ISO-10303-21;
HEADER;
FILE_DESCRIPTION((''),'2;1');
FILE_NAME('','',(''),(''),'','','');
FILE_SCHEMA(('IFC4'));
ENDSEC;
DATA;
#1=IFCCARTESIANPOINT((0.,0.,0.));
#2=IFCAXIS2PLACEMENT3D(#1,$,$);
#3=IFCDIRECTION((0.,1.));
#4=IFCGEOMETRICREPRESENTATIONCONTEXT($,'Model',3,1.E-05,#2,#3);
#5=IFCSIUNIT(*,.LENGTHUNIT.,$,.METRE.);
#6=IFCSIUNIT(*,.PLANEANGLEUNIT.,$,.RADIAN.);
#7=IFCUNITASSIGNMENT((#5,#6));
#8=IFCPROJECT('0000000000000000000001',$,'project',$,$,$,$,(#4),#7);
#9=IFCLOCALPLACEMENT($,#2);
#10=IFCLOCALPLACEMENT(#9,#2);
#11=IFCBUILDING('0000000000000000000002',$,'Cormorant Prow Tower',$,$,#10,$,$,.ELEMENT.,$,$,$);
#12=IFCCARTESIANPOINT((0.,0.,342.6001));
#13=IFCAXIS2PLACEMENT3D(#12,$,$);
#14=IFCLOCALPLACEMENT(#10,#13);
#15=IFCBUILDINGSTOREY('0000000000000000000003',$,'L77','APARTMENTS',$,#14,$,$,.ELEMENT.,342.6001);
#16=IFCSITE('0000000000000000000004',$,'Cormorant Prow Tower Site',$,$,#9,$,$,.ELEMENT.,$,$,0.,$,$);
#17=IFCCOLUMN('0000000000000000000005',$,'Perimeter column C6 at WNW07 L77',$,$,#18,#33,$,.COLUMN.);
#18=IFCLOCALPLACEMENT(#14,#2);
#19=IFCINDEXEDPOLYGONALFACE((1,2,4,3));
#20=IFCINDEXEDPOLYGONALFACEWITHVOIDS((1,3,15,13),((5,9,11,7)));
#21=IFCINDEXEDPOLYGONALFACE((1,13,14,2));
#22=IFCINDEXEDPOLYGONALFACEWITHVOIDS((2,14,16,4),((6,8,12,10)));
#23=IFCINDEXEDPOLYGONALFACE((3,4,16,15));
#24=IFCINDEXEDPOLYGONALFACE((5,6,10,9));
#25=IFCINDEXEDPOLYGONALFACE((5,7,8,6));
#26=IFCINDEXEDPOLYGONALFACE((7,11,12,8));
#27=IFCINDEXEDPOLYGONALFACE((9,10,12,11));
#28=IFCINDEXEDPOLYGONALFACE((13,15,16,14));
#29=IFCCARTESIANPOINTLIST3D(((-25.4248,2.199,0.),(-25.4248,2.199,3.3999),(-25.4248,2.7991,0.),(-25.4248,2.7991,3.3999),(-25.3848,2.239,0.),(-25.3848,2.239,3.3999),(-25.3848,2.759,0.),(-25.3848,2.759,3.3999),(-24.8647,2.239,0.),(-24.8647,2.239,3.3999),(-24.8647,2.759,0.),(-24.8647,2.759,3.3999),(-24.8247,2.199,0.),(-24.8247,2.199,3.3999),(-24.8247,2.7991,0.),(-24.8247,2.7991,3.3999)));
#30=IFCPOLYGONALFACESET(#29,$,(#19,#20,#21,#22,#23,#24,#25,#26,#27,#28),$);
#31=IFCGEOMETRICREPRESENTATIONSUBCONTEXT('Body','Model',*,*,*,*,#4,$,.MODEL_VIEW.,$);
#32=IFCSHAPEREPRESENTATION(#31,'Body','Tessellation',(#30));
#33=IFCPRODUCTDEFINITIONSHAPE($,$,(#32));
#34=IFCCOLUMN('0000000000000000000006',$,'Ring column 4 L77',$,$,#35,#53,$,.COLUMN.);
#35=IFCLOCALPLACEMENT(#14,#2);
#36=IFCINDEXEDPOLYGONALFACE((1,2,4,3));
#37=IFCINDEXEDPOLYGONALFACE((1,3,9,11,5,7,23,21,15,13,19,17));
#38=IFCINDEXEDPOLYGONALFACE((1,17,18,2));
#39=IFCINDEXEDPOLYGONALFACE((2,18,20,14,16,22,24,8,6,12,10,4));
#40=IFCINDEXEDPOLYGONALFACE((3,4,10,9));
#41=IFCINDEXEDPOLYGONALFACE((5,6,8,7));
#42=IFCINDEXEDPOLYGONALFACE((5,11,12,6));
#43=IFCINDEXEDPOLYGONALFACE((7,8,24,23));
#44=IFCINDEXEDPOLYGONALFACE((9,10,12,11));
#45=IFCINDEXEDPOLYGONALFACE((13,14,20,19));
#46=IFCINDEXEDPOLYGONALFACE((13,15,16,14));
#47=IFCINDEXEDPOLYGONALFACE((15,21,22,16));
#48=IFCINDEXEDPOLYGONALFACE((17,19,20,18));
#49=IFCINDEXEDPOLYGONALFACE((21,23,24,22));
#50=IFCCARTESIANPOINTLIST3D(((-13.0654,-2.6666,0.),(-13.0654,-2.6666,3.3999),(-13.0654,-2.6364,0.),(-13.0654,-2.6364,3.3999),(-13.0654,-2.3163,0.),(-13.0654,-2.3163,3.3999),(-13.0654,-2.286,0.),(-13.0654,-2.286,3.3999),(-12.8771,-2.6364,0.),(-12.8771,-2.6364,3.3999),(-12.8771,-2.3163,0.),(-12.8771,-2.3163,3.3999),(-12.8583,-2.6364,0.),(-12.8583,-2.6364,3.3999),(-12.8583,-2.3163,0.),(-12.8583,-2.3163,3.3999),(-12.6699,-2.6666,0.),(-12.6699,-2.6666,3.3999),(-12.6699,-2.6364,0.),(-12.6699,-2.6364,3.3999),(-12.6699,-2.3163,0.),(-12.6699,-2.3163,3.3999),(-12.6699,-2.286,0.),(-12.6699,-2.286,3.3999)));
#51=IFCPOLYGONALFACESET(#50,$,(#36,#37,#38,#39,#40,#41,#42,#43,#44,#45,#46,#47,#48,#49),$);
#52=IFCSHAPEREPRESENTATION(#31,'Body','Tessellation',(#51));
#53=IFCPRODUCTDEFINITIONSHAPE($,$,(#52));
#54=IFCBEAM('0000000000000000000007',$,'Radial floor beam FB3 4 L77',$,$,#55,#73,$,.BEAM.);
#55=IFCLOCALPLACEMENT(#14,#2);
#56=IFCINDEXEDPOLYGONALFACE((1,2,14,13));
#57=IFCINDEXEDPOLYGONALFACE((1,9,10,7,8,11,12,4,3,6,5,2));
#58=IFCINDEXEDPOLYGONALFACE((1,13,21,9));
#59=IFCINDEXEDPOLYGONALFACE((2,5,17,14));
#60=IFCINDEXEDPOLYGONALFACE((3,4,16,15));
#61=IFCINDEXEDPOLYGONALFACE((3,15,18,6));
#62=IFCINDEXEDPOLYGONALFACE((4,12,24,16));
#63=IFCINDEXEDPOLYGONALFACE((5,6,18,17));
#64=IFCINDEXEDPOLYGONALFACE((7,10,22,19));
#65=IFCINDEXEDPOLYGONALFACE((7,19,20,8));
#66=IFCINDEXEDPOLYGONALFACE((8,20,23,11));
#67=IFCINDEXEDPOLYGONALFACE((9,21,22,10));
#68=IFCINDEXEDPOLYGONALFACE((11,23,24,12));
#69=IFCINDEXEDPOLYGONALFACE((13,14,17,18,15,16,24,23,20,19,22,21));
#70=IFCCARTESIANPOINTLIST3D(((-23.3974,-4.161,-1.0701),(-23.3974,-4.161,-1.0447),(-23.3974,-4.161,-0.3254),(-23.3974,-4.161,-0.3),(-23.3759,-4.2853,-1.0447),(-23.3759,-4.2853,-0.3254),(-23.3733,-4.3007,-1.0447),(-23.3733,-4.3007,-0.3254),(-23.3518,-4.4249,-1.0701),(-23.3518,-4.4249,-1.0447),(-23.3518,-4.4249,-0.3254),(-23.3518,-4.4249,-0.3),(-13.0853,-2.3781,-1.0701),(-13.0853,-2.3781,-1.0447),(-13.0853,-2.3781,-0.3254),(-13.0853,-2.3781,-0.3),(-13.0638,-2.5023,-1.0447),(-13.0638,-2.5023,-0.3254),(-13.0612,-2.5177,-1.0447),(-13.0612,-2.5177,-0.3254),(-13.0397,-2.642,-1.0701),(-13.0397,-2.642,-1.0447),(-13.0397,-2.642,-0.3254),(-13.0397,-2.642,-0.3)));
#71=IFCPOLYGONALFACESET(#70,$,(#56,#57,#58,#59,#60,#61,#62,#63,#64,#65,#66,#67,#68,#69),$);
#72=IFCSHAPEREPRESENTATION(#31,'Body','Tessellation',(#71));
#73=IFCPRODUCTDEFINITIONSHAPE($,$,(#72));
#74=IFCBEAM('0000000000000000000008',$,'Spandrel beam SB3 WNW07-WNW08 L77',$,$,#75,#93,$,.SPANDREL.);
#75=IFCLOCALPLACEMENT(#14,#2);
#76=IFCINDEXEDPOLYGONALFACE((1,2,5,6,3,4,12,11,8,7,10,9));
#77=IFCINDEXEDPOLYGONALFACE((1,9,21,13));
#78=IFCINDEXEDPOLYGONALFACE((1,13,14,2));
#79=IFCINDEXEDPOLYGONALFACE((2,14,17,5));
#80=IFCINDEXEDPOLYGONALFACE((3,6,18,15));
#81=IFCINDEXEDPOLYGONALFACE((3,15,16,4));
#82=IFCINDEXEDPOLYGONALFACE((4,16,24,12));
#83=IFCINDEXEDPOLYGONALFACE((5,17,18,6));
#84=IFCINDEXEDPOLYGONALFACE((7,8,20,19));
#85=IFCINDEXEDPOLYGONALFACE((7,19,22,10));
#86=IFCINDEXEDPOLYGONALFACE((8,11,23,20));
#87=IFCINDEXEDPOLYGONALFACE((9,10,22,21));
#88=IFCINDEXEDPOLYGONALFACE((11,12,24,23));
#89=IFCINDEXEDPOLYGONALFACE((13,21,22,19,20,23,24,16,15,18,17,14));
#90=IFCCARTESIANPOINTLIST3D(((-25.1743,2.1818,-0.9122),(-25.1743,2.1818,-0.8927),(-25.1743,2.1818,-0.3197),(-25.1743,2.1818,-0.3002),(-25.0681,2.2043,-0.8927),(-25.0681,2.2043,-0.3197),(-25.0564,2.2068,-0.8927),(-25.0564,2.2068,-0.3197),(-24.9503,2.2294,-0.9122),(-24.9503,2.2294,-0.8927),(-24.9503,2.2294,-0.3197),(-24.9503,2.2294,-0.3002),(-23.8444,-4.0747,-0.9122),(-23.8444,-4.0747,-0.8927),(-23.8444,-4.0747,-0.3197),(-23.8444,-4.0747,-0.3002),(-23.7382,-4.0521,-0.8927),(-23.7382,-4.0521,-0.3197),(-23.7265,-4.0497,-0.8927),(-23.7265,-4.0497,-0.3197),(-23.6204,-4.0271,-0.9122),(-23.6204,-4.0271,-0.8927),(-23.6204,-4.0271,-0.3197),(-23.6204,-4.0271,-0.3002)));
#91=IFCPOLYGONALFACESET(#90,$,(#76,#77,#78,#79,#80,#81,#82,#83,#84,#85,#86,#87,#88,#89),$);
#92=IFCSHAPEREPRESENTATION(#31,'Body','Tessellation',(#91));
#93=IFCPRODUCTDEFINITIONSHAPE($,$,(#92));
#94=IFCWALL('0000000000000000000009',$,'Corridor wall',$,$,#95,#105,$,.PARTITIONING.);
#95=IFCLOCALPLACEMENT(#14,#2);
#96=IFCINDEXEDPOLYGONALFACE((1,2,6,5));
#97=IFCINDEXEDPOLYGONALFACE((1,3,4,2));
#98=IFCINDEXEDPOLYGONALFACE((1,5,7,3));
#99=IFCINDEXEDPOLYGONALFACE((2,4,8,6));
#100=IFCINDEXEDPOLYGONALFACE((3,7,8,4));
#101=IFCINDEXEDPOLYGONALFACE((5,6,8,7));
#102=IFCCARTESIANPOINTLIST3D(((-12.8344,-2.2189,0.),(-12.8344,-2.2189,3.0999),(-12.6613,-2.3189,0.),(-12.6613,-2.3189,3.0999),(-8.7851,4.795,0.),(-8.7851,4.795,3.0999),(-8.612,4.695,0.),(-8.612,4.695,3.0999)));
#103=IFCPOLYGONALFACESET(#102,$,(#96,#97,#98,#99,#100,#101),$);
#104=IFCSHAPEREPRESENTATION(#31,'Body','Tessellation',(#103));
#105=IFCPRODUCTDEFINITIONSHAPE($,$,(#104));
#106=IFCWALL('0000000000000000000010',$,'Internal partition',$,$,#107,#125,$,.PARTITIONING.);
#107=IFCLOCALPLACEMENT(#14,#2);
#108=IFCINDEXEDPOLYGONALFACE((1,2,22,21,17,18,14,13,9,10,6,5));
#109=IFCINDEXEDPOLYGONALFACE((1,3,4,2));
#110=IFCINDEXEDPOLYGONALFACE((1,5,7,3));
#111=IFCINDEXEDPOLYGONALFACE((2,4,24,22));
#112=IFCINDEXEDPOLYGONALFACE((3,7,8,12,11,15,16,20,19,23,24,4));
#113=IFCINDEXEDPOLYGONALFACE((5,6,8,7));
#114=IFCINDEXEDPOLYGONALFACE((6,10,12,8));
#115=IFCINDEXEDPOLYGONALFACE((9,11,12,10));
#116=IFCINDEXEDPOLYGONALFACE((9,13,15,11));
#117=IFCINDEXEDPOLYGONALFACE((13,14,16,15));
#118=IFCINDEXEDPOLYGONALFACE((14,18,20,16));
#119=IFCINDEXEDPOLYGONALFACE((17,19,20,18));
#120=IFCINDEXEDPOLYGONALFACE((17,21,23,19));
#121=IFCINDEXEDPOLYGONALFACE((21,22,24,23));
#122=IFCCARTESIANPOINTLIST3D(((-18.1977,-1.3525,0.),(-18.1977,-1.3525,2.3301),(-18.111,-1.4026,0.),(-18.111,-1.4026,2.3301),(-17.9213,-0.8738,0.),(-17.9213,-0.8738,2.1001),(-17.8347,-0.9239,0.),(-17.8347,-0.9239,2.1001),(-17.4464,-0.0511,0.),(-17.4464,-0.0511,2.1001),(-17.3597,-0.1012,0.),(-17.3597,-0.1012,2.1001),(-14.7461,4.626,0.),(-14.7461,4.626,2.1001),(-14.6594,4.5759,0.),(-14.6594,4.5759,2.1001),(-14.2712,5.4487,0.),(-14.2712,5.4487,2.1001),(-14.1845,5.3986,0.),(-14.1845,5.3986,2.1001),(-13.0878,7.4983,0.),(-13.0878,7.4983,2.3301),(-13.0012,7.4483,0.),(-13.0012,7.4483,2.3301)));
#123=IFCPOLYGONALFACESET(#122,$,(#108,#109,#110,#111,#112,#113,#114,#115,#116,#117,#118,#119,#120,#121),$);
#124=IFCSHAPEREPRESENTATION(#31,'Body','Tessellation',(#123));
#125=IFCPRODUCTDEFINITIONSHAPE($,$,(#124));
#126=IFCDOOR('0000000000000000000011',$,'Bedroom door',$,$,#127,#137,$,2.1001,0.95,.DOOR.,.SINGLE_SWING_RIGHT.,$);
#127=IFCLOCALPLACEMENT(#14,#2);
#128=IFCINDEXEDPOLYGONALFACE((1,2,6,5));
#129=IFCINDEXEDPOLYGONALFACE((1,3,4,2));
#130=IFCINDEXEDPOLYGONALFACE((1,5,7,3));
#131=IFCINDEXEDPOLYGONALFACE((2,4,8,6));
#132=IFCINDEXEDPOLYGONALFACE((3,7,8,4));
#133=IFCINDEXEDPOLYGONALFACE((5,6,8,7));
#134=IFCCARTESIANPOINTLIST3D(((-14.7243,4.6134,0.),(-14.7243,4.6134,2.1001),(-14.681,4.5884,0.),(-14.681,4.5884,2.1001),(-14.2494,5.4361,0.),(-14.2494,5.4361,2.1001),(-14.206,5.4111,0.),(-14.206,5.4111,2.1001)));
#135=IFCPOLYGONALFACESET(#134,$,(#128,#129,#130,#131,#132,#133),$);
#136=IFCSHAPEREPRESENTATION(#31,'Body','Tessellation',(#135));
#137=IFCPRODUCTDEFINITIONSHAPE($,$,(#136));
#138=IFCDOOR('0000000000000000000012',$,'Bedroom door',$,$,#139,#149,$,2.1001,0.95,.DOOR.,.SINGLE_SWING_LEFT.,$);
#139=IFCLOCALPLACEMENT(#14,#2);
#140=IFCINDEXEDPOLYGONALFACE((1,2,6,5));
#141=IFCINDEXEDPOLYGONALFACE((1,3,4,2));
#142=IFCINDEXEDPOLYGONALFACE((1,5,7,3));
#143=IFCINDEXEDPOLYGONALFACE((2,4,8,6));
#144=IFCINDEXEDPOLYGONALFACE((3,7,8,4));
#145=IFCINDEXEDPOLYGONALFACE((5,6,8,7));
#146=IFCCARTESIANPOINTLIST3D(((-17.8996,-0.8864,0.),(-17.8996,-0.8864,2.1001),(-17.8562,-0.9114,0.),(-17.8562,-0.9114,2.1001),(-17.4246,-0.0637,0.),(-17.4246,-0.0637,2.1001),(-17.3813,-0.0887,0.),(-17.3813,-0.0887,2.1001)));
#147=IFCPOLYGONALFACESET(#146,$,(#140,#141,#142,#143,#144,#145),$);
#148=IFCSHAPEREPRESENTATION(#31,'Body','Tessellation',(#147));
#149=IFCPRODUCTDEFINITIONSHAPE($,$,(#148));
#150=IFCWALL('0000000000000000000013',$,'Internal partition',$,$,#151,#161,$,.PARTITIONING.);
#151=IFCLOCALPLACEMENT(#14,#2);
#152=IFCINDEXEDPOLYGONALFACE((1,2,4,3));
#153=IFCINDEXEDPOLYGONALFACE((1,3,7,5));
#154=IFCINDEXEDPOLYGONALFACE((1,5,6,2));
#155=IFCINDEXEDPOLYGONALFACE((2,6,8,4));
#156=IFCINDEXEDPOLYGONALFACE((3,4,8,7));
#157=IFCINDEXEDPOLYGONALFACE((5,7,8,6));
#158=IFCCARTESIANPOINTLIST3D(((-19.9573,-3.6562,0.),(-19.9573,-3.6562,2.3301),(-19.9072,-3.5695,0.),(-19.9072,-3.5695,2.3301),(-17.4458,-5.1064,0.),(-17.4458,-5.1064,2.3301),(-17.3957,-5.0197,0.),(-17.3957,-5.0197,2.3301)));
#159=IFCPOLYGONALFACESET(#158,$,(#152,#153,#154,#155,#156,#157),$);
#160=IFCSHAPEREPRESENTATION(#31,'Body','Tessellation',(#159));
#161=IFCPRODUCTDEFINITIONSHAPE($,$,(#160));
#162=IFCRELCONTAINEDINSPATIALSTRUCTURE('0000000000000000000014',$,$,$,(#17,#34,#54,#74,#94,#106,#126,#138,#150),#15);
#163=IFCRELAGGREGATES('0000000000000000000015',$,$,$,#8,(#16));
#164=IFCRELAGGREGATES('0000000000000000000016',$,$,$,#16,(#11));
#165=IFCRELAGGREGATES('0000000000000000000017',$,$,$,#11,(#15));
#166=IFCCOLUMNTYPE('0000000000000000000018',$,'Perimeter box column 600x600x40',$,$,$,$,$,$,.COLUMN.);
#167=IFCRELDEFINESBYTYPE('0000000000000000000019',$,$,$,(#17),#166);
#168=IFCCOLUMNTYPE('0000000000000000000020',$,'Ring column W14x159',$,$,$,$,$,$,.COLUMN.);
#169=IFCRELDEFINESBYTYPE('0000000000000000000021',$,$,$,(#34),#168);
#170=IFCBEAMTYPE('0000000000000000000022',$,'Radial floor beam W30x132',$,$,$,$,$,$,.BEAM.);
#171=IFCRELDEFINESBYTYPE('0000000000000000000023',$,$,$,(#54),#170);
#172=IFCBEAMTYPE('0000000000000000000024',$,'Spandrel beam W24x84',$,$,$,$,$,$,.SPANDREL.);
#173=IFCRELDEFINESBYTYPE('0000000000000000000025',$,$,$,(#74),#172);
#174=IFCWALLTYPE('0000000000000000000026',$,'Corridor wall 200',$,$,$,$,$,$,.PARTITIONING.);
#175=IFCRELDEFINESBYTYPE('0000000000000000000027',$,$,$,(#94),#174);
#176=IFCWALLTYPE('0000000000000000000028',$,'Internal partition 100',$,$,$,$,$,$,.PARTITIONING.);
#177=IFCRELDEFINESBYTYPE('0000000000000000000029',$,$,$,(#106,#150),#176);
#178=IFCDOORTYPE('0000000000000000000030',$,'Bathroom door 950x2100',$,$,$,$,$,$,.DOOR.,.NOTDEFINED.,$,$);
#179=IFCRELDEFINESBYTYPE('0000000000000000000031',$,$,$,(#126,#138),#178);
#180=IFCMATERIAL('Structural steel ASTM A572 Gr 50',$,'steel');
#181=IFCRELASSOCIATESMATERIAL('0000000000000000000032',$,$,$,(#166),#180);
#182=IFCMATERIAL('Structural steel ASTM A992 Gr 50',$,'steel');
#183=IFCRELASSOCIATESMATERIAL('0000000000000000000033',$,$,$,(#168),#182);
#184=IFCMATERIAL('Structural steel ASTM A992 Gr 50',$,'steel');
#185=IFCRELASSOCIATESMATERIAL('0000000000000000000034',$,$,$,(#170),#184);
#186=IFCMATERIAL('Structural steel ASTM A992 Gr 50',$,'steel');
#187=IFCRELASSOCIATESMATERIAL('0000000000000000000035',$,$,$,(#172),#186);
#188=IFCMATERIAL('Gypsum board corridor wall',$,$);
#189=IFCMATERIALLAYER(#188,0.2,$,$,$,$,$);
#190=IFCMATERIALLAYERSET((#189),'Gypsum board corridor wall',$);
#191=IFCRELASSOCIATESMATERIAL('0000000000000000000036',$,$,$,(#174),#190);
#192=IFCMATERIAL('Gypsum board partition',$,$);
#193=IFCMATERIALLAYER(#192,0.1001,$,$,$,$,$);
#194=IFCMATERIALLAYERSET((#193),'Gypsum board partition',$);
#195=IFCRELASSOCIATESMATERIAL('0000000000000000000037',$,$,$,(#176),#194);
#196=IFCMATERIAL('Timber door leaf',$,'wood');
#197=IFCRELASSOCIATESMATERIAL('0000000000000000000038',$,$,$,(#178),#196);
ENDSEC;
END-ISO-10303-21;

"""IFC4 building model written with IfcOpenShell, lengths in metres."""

from ifc_helpers import new_model, si_unit, direction, frame, frame_2d, origin, origin_2d, place, context, subcontext, project, spatial, rectangle, hollow_rectangle, i_section, extrude, material, layer, layer_set, material_profile, profile_set, type_object, element, fill, save


model = new_model("IFC4")

# Units and contexts
model_context = context("Model", 3, precision=1e-05, world=origin(), true_north=direction((0.0, 1.0)))
body_context = subcontext(model_context, "Body", "Model", "MODEL_VIEW")
ifc_project = project(units=[si_unit("LENGTHUNIT", "METRE"), si_unit("PLANEANGLEUNIT", "RADIAN")], contexts=[model_context])

# Site, building, storey
site_placement = place(None, origin())
site = spatial("IfcSite", under=ifc_project, at=site_placement, Name="Cormorant Prow Tower Site", CompositionType="ELEMENT", RefElevation=0.0)
building_placement = place(site_placement, origin())
building = spatial("IfcBuilding", under=site, at=building_placement, Name="Cormorant Prow Tower", CompositionType="ELEMENT")
storey_placement = place(building_placement, frame((0.0, 0.0, 342.6001)))
storey = spatial("IfcBuildingStorey", under=building, at=storey_placement, Name="L77", Description="APARTMENTS", CompositionType="ELEMENT", Elevation=342.6001)

# Columns
ifc_material_1 = material(Name="Structural steel ASTM A572 Gr 50", Category="steel")
ifc_material_profile_1 = material_profile(ifc_material_1, hollow_rectangle(XDim=0.6001, YDim=0.6001, WallThickness=0.04, at=origin_2d()), Name="Box 600x600x40")
ifc_profile_set_1 = profile_set([ifc_material_profile_1], Name="Structural steel ASTM A572 Gr 50")
column_type_1 = type_object("IfcColumnType", Name="Perimeter box column 600x600x40", PredefinedType="COLUMN", material=ifc_profile_set_1)
column_1_placement = place(storey_placement, frame((-25.1248, 2.499, 0.0), z_axis=(0.0, 0.0, 1.0), x_axis=(1.0, 0.0, 0.0)))
element("IfcColumn", 1, at=column_1_placement, inside=storey, type_object=column_type_1, Name="Perimeter column C6 at WNW07 L77", PredefinedType="COLUMN", context=body_context, shape_type="SweptSolid", body=[
    extrude(hollow_rectangle(XDim=0.6001, YDim=0.6001, WallThickness=0.04, at=origin_2d()), origin(), (0.0, 0.0, 1.0), 3.3999),
])
ifc_material_2 = material(Name="Structural steel ASTM A992 Gr 50", Category="steel")
ifc_material_profile_2 = material_profile(ifc_material_2, i_section(OverallWidth=0.3955, OverallDepth=0.3806, WebThickness=0.0188, FlangeThickness=0.0303, at=origin_2d()), Name="W14x159")
ifc_profile_set_2 = profile_set([ifc_material_profile_2], Name="Structural steel ASTM A992 Gr 50")
column_type_2 = type_object("IfcColumnType", Name="Ring column W14x159", PredefinedType="COLUMN", material=ifc_profile_set_2)
column_2_placement = place(storey_placement, frame((-12.8677, -2.4763, 0.0), z_axis=(0.0, 0.0, 1.0), x_axis=(1.0, 0.0, 0.0)))
element("IfcColumn", 2, at=column_2_placement, inside=storey, type_object=column_type_2, Name="Ring column 4 L77", PredefinedType="COLUMN", context=body_context, shape_type="SweptSolid", body=[
    extrude(i_section(OverallWidth=0.3955, OverallDepth=0.3806, WebThickness=0.0188, FlangeThickness=0.0303, at=origin_2d()), origin(), (0.0, 0.0, 1.0), 3.3999),
])

# Beams
ifc_material_3 = material(Name="Structural steel ASTM A992 Gr 50", Category="steel")
ifc_material_profile_3 = material_profile(ifc_material_3, i_section(OverallWidth=0.2678, OverallDepth=0.77, WebThickness=0.0156, FlangeThickness=0.0254, at=origin_2d()), Name="W30x132")
ifc_profile_set_3 = profile_set([ifc_material_profile_3], Name="Structural steel ASTM A992 Gr 50")
beam_type_1 = type_object("IfcBeamType", Name="Radial floor beam W30x132", PredefinedType="BEAM", material=ifc_profile_set_3)
beam_1_placement = place(storey_placement, frame((-13.0625, -2.51, -0.6851), z_axis=(-0.98538, -0.170373, 0.0), x_axis=(0.170373, -0.98538, 0.0)))
element("IfcBeam", 3, at=beam_1_placement, inside=storey, type_object=beam_type_1, Name="Radial floor beam FB3 4 L77", PredefinedType="BEAM", context=body_context, shape_type="SweptSolid", body=[
    extrude(i_section(OverallWidth=0.2678, OverallDepth=0.77, WebThickness=0.0156, FlangeThickness=0.0254, at=origin_2d()), origin(), (0.0, 0.0, 1.0), 10.4651),
])
ifc_material_4 = material(Name="Structural steel ASTM A992 Gr 50", Category="steel")
ifc_material_profile_4 = material_profile(ifc_material_4, i_section(OverallWidth=0.229, OverallDepth=0.6121, WebThickness=0.012, FlangeThickness=0.0195, at=origin_2d()), Name="W24x84")
ifc_profile_set_4 = profile_set([ifc_material_profile_4], Name="Structural steel ASTM A992 Gr 50")
beam_type_2 = type_object("IfcBeamType", Name="Spandrel beam W24x84", PredefinedType="SPANDREL", material=ifc_profile_set_4)
beam_2_placement = place(storey_placement, frame((-25.0623, 2.2056, -0.6062), z_axis=(0.207913, -0.978147, 0.0), x_axis=(0.978147, 0.207913, 0.0)))
element("IfcBeam", 4, at=beam_2_placement, inside=storey, type_object=beam_type_2, Name="Spandrel beam SB3 WNW07-WNW08 L77", PredefinedType="SPANDREL", context=body_context, shape_type="SweptSolid", body=[
    extrude(i_section(OverallWidth=0.229, OverallDepth=0.6121, WebThickness=0.012, FlangeThickness=0.0195, at=origin_2d()), origin(), (0.0, 0.0, 1.0), 6.3962),
])

# Wall
ifc_material_5 = material(Name="Gypsum board corridor wall")
ifc_layer_1 = layer(ifc_material_5, 0.2)
ifc_layer_set_1 = layer_set([ifc_layer_1], Name="Gypsum board corridor wall")
wall_type_1 = type_object("IfcWallType", Name="Corridor wall 200", PredefinedType="PARTITIONING", material=ifc_layer_set_1)
wall_1_placement = place(storey_placement, frame((-12.7478, -2.2688, 0.0), z_axis=(0.0, 0.0, 1.0), x_axis=(0.499984, 0.866034, 0.0)))
element("IfcWall", 5, at=wall_1_placement, inside=storey, type_object=wall_type_1, Name="Corridor wall", PredefinedType="PARTITIONING", context=body_context, shape_type="SweptSolid", body=[
    extrude(rectangle(XDim=8.0989, YDim=0.2, at=frame_2d((4.0493, 0.0))), origin(), (0.0, 0.0, 1.0), 3.0999),
])

# Wall, openings, doors
ifc_material_6 = material(Name="Gypsum board partition")
ifc_layer_2 = layer(ifc_material_6, 0.1001)
ifc_layer_set_2 = layer_set([ifc_layer_2], Name="Gypsum board partition")
wall_type_2 = type_object("IfcWallType", Name="Internal partition 100", PredefinedType="PARTITIONING", material=ifc_layer_set_2)
wall_2_placement = place(storey_placement, frame((-18.1543, -1.3774, 0.0), z_axis=(0.0, 0.0, 1.0), x_axis=(0.499988, 0.866032, 0.0)))
wall_2 = element("IfcWall", 6, at=wall_2_placement, inside=storey, type_object=wall_type_2, Name="Internal partition", PredefinedType="PARTITIONING", context=body_context, shape_type="SweptSolid", body=[
    extrude(rectangle(XDim=10.22, YDim=0.1001, at=frame_2d((5.1099, 0.0))), origin(), (0.0, 0.0, 1.0), 2.3301),
])
opening_1_placement = place(wall_2_placement, frame((6.9031, 0.0, 0.0)))
opening_1 = element("IfcOpeningElement", 7, at=opening_1_placement, cuts=wall_2, PredefinedType="OPENING", context=body_context, shape_type="SweptSolid", body=[
    extrude(rectangle(XDim=0.95, YDim=2.1001, at=frame_2d((0.4751, 1.05))), frame((0.0, 0.0601, 0.0), z_axis=(0.0, -1.0, 0.0), x_axis=(1.0, 0.0, 0.0)), (0.0, 0.0, 1.0), 0.1201),
])
opening_2_placement = place(wall_2_placement, frame((0.5525, 0.0, 0.0)))
opening_2 = element("IfcOpeningElement", 8, at=opening_2_placement, cuts=wall_2, PredefinedType="OPENING", context=body_context, shape_type="SweptSolid", body=[
    extrude(rectangle(XDim=0.95, YDim=2.1001, at=frame_2d((0.4751, 1.05))), frame((0.0, 0.0601, 0.0), z_axis=(0.0, -1.0, 0.0), x_axis=(1.0, 0.0, 0.0)), (0.0, 0.0, 1.0), 0.1201),
])
ifc_material_7 = material(Name="Timber door leaf", Category="wood")
door_type_1 = type_object("IfcDoorType", Name="Bathroom door 950x2100", OperationType="NOTDEFINED", PredefinedType="DOOR", material=ifc_material_7)
door_1_placement = place(opening_1_placement, origin())
door_1 = element("IfcDoor", 9, at=door_1_placement, inside=storey, type_object=door_type_1, Name="Bedroom door", OperationType="SINGLE_SWING_RIGHT", OverallHeight=2.1001, OverallWidth=0.95, PredefinedType="DOOR", context=body_context, shape_type="SweptSolid", body=[
    extrude(rectangle(XDim=0.95, YDim=2.1001, at=frame_2d((0.4751, 1.05))), frame((0.0, 0.0249, 0.0), z_axis=(0.0, -1.0, 0.0), x_axis=(1.0, 0.0, 0.0)), (0.0, 0.0, 1.0), 0.05),
])
fill(opening_1, door_1)
door_2_placement = place(opening_2_placement, origin())
door_2 = element("IfcDoor", 10, at=door_2_placement, inside=storey, type_object=door_type_1, Name="Bedroom door", OperationType="SINGLE_SWING_LEFT", OverallHeight=2.1001, OverallWidth=0.95, PredefinedType="DOOR", context=body_context, shape_type="SweptSolid", body=[
    extrude(rectangle(XDim=0.95, YDim=2.1001, at=frame_2d((0.4751, 1.05))), frame((0.0, 0.0249, 0.0), z_axis=(0.0, -1.0, 0.0), x_axis=(1.0, 0.0, 0.0)), (0.0, 0.0, 1.0), 0.05),
])
fill(opening_2, door_2)

# Wall
wall_3_placement = place(storey_placement, frame((-19.9324, -3.6128, 0.0), z_axis=(0.0, 0.0, 1.0), x_axis=(0.865996, -0.50005, 0.0)))
element("IfcWall", 11, at=wall_3_placement, inside=storey, type_object=wall_type_2, Name="Internal partition", PredefinedType="PARTITIONING", context=body_context, shape_type="SweptSolid", body=[
    extrude(rectangle(XDim=2.9001, YDim=0.1001, at=frame_2d((1.4502, 0.0))), origin(), (0.0, 0.0, 1.0), 2.3301),
])

save(model, "model.ifc")
